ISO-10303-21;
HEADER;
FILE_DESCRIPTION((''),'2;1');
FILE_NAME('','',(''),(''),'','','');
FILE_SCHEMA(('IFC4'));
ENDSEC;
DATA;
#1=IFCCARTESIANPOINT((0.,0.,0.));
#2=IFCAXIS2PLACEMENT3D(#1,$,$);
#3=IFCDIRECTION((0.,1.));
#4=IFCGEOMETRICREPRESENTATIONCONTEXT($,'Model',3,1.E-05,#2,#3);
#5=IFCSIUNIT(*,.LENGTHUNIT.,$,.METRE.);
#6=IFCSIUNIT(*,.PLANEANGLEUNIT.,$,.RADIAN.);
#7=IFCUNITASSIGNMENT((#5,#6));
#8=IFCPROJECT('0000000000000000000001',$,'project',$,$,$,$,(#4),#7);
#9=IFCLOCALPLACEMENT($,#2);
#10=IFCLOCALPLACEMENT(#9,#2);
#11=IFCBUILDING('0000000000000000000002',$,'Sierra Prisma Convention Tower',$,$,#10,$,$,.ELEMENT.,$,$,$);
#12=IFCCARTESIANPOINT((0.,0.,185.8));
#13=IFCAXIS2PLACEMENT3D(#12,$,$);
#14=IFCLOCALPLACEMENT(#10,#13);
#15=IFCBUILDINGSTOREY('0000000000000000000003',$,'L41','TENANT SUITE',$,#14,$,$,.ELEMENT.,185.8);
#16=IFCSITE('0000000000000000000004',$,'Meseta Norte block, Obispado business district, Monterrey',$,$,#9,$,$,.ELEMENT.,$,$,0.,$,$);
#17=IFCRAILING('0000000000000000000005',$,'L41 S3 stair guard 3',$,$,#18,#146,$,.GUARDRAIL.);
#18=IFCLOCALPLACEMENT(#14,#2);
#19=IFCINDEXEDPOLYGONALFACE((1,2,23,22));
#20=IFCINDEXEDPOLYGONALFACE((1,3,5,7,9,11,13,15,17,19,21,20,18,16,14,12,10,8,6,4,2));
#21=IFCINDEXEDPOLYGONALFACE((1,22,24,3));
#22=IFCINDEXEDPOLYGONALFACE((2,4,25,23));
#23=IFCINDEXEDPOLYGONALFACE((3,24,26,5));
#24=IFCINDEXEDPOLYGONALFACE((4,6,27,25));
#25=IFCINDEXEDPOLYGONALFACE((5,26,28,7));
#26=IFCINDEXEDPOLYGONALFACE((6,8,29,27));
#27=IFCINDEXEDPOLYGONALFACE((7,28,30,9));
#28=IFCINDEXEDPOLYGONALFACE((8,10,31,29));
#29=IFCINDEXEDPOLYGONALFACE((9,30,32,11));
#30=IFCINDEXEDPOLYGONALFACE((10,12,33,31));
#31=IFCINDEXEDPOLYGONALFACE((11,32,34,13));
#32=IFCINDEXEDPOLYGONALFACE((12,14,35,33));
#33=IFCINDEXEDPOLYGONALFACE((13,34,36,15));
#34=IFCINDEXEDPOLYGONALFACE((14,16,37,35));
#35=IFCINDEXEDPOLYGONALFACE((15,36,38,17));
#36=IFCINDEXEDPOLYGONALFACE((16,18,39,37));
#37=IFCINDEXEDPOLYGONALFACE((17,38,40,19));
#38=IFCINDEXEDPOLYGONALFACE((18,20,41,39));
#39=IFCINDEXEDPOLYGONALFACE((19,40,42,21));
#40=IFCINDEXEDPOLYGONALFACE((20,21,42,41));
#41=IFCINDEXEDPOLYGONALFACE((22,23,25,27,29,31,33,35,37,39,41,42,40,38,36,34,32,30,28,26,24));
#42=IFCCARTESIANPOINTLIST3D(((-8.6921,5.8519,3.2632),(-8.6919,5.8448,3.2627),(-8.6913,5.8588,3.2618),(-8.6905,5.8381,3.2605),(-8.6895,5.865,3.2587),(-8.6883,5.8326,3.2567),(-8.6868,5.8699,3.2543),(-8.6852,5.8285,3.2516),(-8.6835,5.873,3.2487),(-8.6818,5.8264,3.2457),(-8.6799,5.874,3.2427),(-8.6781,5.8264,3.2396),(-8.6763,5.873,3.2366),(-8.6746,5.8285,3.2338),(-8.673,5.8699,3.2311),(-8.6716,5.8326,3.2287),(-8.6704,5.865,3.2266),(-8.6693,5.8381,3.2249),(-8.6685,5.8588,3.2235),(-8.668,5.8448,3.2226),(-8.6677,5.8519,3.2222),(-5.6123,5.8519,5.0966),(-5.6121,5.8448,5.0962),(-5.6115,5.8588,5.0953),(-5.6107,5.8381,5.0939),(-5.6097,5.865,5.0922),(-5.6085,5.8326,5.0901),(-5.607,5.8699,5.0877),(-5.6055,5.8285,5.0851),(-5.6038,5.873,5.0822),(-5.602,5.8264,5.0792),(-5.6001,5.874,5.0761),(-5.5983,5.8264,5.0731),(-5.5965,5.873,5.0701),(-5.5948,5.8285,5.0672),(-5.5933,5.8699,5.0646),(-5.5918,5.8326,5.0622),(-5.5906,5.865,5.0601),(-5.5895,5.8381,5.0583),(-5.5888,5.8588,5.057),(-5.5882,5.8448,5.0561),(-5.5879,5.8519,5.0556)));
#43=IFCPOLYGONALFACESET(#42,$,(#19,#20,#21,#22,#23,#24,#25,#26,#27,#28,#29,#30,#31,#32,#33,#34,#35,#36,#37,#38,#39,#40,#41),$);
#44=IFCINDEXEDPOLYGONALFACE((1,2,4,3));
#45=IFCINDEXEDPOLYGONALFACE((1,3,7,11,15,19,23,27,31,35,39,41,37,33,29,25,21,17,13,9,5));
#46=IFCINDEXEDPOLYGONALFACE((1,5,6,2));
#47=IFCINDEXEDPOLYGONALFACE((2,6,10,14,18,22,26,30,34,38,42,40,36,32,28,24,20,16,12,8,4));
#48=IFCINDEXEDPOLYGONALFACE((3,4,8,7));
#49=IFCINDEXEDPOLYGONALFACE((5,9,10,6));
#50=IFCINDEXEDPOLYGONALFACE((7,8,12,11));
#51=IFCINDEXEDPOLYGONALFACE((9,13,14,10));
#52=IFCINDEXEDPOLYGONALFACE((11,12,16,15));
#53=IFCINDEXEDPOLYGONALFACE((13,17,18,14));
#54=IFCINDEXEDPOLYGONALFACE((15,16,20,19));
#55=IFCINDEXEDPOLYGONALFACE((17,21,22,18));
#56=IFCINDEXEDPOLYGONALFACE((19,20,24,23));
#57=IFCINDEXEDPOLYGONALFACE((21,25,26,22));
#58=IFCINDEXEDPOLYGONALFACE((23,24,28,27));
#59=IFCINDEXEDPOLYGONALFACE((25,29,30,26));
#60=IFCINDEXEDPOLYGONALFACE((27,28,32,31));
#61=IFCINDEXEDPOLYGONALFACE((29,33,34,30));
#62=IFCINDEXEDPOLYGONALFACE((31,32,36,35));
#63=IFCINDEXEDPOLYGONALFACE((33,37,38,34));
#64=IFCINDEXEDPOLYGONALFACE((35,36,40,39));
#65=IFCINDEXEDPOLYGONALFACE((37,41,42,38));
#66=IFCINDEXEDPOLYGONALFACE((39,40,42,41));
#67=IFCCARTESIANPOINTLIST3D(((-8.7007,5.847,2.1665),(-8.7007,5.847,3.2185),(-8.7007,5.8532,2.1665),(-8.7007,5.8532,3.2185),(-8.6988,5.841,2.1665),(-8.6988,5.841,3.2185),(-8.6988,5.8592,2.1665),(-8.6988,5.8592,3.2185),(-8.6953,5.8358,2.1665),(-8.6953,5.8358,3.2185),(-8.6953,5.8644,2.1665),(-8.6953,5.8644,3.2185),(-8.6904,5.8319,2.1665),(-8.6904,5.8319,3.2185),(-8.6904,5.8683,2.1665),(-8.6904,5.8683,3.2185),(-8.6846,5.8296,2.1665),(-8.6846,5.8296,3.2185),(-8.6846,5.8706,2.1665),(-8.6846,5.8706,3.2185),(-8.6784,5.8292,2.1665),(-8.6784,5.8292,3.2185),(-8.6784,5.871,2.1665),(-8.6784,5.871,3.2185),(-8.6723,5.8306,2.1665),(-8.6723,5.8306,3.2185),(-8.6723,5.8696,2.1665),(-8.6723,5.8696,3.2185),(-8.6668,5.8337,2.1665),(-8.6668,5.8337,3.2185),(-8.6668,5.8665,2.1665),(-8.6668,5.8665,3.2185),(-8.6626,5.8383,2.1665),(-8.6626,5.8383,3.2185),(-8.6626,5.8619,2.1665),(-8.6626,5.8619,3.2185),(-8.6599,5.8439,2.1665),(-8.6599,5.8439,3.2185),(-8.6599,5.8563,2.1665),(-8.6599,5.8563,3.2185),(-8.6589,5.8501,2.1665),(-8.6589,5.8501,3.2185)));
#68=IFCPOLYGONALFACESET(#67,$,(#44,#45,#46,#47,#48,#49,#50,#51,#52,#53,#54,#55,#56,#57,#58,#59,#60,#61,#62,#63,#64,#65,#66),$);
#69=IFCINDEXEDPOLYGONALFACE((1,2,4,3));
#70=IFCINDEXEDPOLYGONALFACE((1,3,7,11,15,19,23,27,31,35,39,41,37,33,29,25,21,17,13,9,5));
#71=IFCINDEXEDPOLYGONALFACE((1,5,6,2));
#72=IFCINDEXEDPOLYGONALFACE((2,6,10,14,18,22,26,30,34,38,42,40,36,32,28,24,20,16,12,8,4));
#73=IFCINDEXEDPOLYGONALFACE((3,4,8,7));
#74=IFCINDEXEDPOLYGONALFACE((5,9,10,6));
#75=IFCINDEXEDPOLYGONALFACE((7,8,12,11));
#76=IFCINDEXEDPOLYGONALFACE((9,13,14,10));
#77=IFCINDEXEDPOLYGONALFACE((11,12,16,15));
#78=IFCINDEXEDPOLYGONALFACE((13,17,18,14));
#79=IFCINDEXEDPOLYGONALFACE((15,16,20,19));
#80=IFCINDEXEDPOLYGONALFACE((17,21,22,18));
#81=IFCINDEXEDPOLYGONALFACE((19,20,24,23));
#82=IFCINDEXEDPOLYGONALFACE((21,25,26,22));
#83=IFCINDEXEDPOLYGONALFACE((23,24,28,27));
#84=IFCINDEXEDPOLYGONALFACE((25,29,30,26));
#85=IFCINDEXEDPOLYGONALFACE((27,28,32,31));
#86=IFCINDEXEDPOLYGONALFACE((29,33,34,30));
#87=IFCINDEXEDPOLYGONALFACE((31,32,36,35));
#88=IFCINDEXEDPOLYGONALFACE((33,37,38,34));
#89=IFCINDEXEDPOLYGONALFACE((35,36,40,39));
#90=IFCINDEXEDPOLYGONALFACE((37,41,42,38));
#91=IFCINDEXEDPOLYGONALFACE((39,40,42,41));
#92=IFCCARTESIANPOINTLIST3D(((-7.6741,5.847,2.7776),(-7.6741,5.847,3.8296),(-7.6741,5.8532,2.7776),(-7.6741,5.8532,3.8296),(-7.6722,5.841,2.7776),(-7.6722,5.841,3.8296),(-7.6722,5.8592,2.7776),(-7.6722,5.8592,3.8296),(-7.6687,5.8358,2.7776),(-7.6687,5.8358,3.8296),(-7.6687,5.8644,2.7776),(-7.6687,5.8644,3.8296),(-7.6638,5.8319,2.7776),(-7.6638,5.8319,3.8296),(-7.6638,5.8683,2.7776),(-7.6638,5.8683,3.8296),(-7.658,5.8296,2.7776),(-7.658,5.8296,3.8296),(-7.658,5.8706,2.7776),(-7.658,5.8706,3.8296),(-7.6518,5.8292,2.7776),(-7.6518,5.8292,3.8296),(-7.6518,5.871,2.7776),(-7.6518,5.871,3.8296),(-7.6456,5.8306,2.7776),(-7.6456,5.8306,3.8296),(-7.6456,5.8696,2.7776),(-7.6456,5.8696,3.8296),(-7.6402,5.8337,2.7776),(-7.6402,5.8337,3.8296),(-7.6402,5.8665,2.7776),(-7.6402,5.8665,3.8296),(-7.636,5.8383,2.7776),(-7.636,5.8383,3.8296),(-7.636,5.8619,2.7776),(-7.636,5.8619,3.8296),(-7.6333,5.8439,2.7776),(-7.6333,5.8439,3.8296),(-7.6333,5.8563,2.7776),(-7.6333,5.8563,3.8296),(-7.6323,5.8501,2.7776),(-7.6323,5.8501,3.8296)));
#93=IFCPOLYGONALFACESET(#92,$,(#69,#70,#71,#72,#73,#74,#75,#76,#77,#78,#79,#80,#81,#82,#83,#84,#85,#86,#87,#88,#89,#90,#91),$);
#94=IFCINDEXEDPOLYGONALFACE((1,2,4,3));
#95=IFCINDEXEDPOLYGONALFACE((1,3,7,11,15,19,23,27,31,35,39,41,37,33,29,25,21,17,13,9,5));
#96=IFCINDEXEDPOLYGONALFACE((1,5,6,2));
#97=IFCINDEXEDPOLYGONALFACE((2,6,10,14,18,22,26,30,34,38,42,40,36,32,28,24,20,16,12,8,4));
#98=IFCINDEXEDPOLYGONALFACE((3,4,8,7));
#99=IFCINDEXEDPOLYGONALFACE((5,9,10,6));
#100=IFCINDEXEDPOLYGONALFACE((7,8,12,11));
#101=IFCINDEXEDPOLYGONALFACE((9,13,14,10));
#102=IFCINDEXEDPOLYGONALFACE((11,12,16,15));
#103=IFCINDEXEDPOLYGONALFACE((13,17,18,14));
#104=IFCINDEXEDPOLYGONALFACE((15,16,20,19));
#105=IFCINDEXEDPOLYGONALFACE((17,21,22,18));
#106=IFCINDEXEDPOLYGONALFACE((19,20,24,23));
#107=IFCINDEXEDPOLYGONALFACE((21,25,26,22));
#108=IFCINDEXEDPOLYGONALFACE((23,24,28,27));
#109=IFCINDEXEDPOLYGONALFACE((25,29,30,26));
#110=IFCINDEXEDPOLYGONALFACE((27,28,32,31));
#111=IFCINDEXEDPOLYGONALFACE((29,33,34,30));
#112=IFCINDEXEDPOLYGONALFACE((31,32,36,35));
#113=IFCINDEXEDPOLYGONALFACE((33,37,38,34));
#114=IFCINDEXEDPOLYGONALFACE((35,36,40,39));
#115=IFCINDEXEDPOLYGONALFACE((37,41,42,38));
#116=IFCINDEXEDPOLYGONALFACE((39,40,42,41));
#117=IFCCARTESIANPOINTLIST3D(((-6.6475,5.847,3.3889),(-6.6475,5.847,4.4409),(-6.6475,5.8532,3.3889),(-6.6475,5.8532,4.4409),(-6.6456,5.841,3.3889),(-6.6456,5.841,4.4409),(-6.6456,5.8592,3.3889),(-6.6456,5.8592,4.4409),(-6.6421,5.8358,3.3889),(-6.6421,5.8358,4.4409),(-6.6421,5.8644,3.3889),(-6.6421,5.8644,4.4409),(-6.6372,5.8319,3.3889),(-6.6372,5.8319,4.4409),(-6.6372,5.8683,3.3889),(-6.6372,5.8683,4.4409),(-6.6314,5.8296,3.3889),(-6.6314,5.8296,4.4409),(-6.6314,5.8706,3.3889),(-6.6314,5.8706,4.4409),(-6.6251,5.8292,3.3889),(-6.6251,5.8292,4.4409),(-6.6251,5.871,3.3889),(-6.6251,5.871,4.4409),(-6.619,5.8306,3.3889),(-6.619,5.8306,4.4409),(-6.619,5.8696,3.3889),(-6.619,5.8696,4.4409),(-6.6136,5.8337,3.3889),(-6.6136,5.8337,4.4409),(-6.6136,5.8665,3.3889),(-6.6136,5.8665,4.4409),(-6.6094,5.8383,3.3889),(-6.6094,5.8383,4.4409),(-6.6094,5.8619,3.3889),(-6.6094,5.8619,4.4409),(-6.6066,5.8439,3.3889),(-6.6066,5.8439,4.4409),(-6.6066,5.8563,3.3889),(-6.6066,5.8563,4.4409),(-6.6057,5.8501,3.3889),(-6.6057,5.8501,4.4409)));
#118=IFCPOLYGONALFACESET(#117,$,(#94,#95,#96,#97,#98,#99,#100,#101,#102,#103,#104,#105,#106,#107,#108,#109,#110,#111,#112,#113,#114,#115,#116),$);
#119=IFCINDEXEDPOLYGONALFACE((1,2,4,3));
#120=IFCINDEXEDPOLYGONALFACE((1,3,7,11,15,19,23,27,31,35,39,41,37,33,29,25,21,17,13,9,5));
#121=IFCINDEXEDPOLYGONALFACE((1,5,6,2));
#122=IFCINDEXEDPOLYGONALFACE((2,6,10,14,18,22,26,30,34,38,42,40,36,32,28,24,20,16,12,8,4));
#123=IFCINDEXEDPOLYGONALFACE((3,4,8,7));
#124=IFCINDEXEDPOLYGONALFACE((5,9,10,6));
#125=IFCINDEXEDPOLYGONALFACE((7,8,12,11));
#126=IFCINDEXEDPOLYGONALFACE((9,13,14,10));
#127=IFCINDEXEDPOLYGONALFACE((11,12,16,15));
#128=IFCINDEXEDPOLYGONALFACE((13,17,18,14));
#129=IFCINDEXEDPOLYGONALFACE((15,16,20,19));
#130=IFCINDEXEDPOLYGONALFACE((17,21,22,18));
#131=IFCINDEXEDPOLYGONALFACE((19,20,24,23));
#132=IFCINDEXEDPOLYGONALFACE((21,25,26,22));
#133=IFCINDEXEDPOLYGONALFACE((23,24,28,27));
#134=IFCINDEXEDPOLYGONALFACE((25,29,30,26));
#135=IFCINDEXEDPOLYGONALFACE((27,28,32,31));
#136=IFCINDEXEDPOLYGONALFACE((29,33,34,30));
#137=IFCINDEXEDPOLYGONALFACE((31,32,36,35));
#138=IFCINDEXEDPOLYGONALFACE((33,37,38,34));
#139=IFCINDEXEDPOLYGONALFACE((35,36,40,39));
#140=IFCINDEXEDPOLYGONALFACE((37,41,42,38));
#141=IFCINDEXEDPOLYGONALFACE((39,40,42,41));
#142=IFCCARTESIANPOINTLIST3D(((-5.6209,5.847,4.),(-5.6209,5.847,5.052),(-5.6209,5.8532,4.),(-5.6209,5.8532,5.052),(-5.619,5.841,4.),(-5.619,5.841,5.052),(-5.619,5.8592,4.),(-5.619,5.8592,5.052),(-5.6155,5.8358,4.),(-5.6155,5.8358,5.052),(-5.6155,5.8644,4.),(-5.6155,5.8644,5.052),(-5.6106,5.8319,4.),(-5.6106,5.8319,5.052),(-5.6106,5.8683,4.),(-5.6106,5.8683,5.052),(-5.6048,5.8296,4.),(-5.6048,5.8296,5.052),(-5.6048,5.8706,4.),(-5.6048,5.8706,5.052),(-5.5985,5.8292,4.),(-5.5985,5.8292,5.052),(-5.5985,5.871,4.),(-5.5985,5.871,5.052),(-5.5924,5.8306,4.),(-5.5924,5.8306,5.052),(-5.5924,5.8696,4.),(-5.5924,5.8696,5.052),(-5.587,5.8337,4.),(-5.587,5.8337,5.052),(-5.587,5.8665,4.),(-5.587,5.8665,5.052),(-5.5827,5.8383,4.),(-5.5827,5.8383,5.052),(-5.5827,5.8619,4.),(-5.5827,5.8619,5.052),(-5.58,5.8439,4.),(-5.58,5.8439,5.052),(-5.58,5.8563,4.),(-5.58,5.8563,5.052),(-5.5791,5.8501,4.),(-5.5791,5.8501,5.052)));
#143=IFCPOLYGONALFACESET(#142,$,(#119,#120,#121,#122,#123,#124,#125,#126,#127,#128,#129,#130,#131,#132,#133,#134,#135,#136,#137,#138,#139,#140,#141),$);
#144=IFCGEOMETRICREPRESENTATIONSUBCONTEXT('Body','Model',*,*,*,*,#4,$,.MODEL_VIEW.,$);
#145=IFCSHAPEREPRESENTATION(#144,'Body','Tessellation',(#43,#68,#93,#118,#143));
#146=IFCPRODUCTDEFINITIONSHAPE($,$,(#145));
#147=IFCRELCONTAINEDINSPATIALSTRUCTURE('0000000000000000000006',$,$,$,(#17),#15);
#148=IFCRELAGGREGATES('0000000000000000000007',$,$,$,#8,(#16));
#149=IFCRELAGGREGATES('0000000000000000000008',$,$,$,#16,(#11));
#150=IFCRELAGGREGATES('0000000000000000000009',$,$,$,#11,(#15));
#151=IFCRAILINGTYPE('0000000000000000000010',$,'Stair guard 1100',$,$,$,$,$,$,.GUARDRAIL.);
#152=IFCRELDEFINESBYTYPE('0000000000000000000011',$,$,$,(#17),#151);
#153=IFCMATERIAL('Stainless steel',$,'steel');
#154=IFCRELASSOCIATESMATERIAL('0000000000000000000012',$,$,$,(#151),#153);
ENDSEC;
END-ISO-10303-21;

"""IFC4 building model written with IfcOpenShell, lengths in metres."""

from ifc_helpers import new_model, si_unit, direction, frame, origin, origin_2d, place, context, subcontext, project, spatial, circle, extrude, material, type_object, element, save


model = new_model("IFC4")

# Units and contexts
model_context = context("Model", 3, precision=1e-05, world=origin(), true_north=direction((0.0, 1.0)))
body_context = subcontext(model_context, "Body", "Model", "MODEL_VIEW")
ifc_project = project(units=[si_unit("LENGTHUNIT", "METRE"), si_unit("PLANEANGLEUNIT", "RADIAN")], contexts=[model_context])

# Site, building, storey
site_placement = place(None, origin())
site = spatial("IfcSite", under=ifc_project, at=site_placement, Name="Meseta Norte block, Obispado business district, Monterrey", CompositionType="ELEMENT", RefElevation=0.0)
building_placement = place(site_placement, origin())
building = spatial("IfcBuilding", under=site, at=building_placement, Name="Sierra Prisma Convention Tower", CompositionType="ELEMENT")
storey_placement = place(building_placement, frame((0.0, 0.0, 185.8)))
storey = spatial("IfcBuildingStorey", under=building, at=storey_placement, Name="L41", Description="TENANT SUITE", CompositionType="ELEMENT", Elevation=185.8)

# Railing
ifc_material_1 = material(Name="Stainless steel", Category="steel")
railing_type_1 = type_object("IfcRailingType", Name="Stair guard 1100", PredefinedType="GUARDRAIL", material=ifc_material_1)
railing_1_placement = place(storey_placement, frame((-8.6799, 5.8501, 2.1665)))
element("IfcRailing", 1, at=railing_1_placement, inside=storey, type_object=railing_type_1, Name="L41 S3 stair guard 3", PredefinedType="GUARDRAIL", context=body_context, shape_type="SweptSolid", body=[
    extrude(circle(Radius=0.0239, at=origin_2d()), frame((0.0, 0.0, 1.0762), z_axis=(0.859261, 0.0, 0.511538), x_axis=(0.0, 1.0, 0.0)), (0.0, 0.0, 1.0), 3.5842),
    extrude(circle(Radius=0.021, at=origin_2d()), origin(), (0.0, 0.0, 1.0), 1.052),
    extrude(circle(Radius=0.021, at=origin_2d()), frame((1.0266, 0.0, 0.6111)), (0.0, 0.0, 1.0), 1.052),
    extrude(circle(Radius=0.021, at=origin_2d()), frame((2.0532, 0.0, 1.2224)), (0.0, 0.0, 1.0), 1.052),
    extrude(circle(Radius=0.021, at=origin_2d()), frame((3.0798, 0.0, 1.8335)), (0.0, 0.0, 1.0), 1.052),
])

save(model, "model.ifc")
